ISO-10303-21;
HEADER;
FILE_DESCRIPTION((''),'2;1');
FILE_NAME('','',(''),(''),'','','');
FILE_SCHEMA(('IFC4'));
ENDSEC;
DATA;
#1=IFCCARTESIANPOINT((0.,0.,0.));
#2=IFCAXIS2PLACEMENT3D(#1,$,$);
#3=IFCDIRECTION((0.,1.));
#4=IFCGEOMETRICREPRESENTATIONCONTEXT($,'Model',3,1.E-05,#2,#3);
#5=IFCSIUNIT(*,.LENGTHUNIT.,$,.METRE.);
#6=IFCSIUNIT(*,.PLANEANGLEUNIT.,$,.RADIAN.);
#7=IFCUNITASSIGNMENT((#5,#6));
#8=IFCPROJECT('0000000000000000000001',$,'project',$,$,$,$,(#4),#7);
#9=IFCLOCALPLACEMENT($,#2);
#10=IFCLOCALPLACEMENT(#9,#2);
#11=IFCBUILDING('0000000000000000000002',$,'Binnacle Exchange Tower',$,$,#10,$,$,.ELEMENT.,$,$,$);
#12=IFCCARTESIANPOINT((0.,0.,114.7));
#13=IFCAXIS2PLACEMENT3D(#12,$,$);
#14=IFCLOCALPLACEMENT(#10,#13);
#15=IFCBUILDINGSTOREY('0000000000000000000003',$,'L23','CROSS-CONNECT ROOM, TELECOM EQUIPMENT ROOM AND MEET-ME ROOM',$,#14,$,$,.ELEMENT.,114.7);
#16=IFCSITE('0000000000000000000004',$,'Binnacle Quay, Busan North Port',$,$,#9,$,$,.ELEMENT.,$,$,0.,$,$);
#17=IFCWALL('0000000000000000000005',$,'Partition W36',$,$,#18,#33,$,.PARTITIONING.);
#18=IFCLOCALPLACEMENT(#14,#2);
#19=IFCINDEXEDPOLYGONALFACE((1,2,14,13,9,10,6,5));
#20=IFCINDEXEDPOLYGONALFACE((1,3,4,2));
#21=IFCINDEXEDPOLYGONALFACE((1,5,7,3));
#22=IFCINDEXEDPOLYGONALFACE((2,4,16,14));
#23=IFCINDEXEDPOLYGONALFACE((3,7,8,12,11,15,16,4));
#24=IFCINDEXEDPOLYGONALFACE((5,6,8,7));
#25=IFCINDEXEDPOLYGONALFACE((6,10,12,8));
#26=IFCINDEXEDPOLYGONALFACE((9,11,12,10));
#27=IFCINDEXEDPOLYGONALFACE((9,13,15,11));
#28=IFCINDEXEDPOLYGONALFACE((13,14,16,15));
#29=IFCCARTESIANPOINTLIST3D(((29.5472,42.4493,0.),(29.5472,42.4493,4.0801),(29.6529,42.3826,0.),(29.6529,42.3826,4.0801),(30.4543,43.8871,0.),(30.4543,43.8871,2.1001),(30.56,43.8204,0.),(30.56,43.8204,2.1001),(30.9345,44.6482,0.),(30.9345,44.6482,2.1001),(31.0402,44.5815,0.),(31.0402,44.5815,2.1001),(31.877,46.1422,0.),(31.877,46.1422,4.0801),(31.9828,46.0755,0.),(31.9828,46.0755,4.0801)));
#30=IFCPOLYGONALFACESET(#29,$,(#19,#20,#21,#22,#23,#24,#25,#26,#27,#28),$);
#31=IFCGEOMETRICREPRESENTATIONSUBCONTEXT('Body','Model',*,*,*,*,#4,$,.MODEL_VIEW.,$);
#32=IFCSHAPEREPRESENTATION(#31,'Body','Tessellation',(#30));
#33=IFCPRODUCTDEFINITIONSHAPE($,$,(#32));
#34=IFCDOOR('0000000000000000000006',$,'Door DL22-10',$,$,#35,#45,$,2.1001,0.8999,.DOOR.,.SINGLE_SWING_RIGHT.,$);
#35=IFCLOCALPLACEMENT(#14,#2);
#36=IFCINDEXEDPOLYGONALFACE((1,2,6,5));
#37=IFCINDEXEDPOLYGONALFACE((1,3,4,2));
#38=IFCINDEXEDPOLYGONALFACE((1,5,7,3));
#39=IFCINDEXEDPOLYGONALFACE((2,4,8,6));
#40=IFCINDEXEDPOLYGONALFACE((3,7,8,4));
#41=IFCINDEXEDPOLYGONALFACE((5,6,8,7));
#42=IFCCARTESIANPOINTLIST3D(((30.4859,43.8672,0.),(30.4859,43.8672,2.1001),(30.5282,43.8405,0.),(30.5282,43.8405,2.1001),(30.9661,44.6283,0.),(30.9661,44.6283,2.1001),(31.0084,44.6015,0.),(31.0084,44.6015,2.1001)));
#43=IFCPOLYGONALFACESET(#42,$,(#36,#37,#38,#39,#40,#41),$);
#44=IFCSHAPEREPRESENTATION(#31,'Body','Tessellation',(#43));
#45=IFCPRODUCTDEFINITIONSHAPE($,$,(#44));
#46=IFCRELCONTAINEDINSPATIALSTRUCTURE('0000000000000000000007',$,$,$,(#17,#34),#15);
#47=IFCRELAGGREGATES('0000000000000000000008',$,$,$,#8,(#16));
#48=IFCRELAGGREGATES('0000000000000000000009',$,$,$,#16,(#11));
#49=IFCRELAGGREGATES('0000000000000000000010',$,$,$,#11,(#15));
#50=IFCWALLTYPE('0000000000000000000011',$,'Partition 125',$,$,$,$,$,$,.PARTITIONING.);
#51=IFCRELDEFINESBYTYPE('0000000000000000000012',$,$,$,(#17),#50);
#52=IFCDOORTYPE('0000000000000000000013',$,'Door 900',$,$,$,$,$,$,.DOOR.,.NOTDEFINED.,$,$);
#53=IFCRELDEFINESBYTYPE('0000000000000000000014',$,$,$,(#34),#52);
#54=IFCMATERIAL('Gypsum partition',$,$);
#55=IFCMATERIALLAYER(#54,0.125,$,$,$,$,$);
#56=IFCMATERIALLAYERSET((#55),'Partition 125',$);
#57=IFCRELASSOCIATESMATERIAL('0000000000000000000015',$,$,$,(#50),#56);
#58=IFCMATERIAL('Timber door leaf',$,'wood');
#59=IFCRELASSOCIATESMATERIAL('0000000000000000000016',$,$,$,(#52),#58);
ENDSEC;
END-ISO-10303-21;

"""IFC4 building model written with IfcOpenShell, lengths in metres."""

from ifc_helpers import new_model, si_unit, direction, frame, frame_2d, origin, place, context, subcontext, project, spatial, rectangle, extrude, material, layer, layer_set, type_object, element, fill, save


model = new_model("IFC4")

# Units and contexts
model_context = context("Model", 3, precision=1e-05, world=origin(), true_north=direction((0.0, 1.0)))
body_context = subcontext(model_context, "Body", "Model", "MODEL_VIEW")
ifc_project = project(units=[si_unit("LENGTHUNIT", "METRE"), si_unit("PLANEANGLEUNIT", "RADIAN")], contexts=[model_context])

# Site, building, storey
site_placement = place(None, origin())
site = spatial("IfcSite", under=ifc_project, at=site_placement, Name="Binnacle Quay, Busan North Port", CompositionType="ELEMENT", RefElevation=0.0)
building_placement = place(site_placement, origin())
building = spatial("IfcBuilding", under=site, at=building_placement, Name="Binnacle Exchange Tower", CompositionType="ELEMENT")
storey_placement = place(building_placement, frame((0.0, 0.0, 114.7)))
storey = spatial("IfcBuildingStorey", under=building, at=storey_placement, Name="L23", Description="CROSS-CONNECT ROOM, TELECOM EQUIPMENT ROOM AND MEET-ME ROOM", CompositionType="ELEMENT", Elevation=114.7)

# Shared definitions
ifc_material_1 = material(Name="Gypsum partition")
ifc_layer_1 = layer(ifc_material_1, 0.125)
ifc_layer_set_1 = layer_set([ifc_layer_1], Name="Partition 125")
wall_type_1 = type_object("IfcWallType", Name="Partition 125", PredefinedType="PARTITIONING", material=ifc_layer_set_1)

# Wall, opening, door
wall_1_placement = place(storey_placement, frame((29.6001, 42.416, 0.0), z_axis=(0.0, 0.0, 1.0), x_axis=(0.533583, 0.845748, 0.0)))
wall_1 = element("IfcWall", 1, at=wall_1_placement, inside=storey, type_object=wall_type_1, Name="Partition W36", PredefinedType="PARTITIONING", context=body_context, shape_type="SweptSolid", body=[
    extrude(rectangle(XDim=4.3665, YDim=0.125, at=frame_2d((2.1831, 0.0))), origin(), (0.0, 0.0, 1.0), 4.0801),
])
opening_1_placement = place(wall_1_placement, frame((1.7, 0.0, 0.0)))
opening_1 = element("IfcOpeningElement", 2, at=opening_1_placement, cuts=wall_1, PredefinedType="OPENING", context=body_context, shape_type="SweptSolid", body=[
    extrude(rectangle(XDim=0.8999, YDim=2.1001, at=frame_2d((0.45, 1.05))), frame((0.0, 0.0725, 0.0), z_axis=(0.0, -1.0, 0.0), x_axis=(1.0, 0.0, 0.0)), (0.0, 0.0, 1.0), 0.145),
])
ifc_material_2 = material(Name="Timber door leaf", Category="wood")
door_type_1 = type_object("IfcDoorType", Name="Door 900", OperationType="NOTDEFINED", PredefinedType="DOOR", material=ifc_material_2)
door_1_placement = place(opening_1_placement, frame((0.8999, 0.0, 0.0), z_axis=(0.0, 0.0, 1.0), x_axis=(-1.0, 0.0, 0.0)))
door_1 = element("IfcDoor", 3, at=door_1_placement, inside=storey, type_object=door_type_1, Name="Door DL22-10", OperationType="SINGLE_SWING_RIGHT", OverallHeight=2.1001, OverallWidth=0.8999, PredefinedType="DOOR", context=body_context, shape_type="SweptSolid", body=[
    extrude(rectangle(XDim=0.8999, YDim=2.1001, at=frame_2d((0.45, 1.05))), frame((0.0, 0.0249, 0.0), z_axis=(0.0, -1.0, 0.0), x_axis=(1.0, 0.0, 0.0)), (0.0, 0.0, 1.0), 0.05),
])
fill(opening_1, door_1)

save(model, "model.ifc")
